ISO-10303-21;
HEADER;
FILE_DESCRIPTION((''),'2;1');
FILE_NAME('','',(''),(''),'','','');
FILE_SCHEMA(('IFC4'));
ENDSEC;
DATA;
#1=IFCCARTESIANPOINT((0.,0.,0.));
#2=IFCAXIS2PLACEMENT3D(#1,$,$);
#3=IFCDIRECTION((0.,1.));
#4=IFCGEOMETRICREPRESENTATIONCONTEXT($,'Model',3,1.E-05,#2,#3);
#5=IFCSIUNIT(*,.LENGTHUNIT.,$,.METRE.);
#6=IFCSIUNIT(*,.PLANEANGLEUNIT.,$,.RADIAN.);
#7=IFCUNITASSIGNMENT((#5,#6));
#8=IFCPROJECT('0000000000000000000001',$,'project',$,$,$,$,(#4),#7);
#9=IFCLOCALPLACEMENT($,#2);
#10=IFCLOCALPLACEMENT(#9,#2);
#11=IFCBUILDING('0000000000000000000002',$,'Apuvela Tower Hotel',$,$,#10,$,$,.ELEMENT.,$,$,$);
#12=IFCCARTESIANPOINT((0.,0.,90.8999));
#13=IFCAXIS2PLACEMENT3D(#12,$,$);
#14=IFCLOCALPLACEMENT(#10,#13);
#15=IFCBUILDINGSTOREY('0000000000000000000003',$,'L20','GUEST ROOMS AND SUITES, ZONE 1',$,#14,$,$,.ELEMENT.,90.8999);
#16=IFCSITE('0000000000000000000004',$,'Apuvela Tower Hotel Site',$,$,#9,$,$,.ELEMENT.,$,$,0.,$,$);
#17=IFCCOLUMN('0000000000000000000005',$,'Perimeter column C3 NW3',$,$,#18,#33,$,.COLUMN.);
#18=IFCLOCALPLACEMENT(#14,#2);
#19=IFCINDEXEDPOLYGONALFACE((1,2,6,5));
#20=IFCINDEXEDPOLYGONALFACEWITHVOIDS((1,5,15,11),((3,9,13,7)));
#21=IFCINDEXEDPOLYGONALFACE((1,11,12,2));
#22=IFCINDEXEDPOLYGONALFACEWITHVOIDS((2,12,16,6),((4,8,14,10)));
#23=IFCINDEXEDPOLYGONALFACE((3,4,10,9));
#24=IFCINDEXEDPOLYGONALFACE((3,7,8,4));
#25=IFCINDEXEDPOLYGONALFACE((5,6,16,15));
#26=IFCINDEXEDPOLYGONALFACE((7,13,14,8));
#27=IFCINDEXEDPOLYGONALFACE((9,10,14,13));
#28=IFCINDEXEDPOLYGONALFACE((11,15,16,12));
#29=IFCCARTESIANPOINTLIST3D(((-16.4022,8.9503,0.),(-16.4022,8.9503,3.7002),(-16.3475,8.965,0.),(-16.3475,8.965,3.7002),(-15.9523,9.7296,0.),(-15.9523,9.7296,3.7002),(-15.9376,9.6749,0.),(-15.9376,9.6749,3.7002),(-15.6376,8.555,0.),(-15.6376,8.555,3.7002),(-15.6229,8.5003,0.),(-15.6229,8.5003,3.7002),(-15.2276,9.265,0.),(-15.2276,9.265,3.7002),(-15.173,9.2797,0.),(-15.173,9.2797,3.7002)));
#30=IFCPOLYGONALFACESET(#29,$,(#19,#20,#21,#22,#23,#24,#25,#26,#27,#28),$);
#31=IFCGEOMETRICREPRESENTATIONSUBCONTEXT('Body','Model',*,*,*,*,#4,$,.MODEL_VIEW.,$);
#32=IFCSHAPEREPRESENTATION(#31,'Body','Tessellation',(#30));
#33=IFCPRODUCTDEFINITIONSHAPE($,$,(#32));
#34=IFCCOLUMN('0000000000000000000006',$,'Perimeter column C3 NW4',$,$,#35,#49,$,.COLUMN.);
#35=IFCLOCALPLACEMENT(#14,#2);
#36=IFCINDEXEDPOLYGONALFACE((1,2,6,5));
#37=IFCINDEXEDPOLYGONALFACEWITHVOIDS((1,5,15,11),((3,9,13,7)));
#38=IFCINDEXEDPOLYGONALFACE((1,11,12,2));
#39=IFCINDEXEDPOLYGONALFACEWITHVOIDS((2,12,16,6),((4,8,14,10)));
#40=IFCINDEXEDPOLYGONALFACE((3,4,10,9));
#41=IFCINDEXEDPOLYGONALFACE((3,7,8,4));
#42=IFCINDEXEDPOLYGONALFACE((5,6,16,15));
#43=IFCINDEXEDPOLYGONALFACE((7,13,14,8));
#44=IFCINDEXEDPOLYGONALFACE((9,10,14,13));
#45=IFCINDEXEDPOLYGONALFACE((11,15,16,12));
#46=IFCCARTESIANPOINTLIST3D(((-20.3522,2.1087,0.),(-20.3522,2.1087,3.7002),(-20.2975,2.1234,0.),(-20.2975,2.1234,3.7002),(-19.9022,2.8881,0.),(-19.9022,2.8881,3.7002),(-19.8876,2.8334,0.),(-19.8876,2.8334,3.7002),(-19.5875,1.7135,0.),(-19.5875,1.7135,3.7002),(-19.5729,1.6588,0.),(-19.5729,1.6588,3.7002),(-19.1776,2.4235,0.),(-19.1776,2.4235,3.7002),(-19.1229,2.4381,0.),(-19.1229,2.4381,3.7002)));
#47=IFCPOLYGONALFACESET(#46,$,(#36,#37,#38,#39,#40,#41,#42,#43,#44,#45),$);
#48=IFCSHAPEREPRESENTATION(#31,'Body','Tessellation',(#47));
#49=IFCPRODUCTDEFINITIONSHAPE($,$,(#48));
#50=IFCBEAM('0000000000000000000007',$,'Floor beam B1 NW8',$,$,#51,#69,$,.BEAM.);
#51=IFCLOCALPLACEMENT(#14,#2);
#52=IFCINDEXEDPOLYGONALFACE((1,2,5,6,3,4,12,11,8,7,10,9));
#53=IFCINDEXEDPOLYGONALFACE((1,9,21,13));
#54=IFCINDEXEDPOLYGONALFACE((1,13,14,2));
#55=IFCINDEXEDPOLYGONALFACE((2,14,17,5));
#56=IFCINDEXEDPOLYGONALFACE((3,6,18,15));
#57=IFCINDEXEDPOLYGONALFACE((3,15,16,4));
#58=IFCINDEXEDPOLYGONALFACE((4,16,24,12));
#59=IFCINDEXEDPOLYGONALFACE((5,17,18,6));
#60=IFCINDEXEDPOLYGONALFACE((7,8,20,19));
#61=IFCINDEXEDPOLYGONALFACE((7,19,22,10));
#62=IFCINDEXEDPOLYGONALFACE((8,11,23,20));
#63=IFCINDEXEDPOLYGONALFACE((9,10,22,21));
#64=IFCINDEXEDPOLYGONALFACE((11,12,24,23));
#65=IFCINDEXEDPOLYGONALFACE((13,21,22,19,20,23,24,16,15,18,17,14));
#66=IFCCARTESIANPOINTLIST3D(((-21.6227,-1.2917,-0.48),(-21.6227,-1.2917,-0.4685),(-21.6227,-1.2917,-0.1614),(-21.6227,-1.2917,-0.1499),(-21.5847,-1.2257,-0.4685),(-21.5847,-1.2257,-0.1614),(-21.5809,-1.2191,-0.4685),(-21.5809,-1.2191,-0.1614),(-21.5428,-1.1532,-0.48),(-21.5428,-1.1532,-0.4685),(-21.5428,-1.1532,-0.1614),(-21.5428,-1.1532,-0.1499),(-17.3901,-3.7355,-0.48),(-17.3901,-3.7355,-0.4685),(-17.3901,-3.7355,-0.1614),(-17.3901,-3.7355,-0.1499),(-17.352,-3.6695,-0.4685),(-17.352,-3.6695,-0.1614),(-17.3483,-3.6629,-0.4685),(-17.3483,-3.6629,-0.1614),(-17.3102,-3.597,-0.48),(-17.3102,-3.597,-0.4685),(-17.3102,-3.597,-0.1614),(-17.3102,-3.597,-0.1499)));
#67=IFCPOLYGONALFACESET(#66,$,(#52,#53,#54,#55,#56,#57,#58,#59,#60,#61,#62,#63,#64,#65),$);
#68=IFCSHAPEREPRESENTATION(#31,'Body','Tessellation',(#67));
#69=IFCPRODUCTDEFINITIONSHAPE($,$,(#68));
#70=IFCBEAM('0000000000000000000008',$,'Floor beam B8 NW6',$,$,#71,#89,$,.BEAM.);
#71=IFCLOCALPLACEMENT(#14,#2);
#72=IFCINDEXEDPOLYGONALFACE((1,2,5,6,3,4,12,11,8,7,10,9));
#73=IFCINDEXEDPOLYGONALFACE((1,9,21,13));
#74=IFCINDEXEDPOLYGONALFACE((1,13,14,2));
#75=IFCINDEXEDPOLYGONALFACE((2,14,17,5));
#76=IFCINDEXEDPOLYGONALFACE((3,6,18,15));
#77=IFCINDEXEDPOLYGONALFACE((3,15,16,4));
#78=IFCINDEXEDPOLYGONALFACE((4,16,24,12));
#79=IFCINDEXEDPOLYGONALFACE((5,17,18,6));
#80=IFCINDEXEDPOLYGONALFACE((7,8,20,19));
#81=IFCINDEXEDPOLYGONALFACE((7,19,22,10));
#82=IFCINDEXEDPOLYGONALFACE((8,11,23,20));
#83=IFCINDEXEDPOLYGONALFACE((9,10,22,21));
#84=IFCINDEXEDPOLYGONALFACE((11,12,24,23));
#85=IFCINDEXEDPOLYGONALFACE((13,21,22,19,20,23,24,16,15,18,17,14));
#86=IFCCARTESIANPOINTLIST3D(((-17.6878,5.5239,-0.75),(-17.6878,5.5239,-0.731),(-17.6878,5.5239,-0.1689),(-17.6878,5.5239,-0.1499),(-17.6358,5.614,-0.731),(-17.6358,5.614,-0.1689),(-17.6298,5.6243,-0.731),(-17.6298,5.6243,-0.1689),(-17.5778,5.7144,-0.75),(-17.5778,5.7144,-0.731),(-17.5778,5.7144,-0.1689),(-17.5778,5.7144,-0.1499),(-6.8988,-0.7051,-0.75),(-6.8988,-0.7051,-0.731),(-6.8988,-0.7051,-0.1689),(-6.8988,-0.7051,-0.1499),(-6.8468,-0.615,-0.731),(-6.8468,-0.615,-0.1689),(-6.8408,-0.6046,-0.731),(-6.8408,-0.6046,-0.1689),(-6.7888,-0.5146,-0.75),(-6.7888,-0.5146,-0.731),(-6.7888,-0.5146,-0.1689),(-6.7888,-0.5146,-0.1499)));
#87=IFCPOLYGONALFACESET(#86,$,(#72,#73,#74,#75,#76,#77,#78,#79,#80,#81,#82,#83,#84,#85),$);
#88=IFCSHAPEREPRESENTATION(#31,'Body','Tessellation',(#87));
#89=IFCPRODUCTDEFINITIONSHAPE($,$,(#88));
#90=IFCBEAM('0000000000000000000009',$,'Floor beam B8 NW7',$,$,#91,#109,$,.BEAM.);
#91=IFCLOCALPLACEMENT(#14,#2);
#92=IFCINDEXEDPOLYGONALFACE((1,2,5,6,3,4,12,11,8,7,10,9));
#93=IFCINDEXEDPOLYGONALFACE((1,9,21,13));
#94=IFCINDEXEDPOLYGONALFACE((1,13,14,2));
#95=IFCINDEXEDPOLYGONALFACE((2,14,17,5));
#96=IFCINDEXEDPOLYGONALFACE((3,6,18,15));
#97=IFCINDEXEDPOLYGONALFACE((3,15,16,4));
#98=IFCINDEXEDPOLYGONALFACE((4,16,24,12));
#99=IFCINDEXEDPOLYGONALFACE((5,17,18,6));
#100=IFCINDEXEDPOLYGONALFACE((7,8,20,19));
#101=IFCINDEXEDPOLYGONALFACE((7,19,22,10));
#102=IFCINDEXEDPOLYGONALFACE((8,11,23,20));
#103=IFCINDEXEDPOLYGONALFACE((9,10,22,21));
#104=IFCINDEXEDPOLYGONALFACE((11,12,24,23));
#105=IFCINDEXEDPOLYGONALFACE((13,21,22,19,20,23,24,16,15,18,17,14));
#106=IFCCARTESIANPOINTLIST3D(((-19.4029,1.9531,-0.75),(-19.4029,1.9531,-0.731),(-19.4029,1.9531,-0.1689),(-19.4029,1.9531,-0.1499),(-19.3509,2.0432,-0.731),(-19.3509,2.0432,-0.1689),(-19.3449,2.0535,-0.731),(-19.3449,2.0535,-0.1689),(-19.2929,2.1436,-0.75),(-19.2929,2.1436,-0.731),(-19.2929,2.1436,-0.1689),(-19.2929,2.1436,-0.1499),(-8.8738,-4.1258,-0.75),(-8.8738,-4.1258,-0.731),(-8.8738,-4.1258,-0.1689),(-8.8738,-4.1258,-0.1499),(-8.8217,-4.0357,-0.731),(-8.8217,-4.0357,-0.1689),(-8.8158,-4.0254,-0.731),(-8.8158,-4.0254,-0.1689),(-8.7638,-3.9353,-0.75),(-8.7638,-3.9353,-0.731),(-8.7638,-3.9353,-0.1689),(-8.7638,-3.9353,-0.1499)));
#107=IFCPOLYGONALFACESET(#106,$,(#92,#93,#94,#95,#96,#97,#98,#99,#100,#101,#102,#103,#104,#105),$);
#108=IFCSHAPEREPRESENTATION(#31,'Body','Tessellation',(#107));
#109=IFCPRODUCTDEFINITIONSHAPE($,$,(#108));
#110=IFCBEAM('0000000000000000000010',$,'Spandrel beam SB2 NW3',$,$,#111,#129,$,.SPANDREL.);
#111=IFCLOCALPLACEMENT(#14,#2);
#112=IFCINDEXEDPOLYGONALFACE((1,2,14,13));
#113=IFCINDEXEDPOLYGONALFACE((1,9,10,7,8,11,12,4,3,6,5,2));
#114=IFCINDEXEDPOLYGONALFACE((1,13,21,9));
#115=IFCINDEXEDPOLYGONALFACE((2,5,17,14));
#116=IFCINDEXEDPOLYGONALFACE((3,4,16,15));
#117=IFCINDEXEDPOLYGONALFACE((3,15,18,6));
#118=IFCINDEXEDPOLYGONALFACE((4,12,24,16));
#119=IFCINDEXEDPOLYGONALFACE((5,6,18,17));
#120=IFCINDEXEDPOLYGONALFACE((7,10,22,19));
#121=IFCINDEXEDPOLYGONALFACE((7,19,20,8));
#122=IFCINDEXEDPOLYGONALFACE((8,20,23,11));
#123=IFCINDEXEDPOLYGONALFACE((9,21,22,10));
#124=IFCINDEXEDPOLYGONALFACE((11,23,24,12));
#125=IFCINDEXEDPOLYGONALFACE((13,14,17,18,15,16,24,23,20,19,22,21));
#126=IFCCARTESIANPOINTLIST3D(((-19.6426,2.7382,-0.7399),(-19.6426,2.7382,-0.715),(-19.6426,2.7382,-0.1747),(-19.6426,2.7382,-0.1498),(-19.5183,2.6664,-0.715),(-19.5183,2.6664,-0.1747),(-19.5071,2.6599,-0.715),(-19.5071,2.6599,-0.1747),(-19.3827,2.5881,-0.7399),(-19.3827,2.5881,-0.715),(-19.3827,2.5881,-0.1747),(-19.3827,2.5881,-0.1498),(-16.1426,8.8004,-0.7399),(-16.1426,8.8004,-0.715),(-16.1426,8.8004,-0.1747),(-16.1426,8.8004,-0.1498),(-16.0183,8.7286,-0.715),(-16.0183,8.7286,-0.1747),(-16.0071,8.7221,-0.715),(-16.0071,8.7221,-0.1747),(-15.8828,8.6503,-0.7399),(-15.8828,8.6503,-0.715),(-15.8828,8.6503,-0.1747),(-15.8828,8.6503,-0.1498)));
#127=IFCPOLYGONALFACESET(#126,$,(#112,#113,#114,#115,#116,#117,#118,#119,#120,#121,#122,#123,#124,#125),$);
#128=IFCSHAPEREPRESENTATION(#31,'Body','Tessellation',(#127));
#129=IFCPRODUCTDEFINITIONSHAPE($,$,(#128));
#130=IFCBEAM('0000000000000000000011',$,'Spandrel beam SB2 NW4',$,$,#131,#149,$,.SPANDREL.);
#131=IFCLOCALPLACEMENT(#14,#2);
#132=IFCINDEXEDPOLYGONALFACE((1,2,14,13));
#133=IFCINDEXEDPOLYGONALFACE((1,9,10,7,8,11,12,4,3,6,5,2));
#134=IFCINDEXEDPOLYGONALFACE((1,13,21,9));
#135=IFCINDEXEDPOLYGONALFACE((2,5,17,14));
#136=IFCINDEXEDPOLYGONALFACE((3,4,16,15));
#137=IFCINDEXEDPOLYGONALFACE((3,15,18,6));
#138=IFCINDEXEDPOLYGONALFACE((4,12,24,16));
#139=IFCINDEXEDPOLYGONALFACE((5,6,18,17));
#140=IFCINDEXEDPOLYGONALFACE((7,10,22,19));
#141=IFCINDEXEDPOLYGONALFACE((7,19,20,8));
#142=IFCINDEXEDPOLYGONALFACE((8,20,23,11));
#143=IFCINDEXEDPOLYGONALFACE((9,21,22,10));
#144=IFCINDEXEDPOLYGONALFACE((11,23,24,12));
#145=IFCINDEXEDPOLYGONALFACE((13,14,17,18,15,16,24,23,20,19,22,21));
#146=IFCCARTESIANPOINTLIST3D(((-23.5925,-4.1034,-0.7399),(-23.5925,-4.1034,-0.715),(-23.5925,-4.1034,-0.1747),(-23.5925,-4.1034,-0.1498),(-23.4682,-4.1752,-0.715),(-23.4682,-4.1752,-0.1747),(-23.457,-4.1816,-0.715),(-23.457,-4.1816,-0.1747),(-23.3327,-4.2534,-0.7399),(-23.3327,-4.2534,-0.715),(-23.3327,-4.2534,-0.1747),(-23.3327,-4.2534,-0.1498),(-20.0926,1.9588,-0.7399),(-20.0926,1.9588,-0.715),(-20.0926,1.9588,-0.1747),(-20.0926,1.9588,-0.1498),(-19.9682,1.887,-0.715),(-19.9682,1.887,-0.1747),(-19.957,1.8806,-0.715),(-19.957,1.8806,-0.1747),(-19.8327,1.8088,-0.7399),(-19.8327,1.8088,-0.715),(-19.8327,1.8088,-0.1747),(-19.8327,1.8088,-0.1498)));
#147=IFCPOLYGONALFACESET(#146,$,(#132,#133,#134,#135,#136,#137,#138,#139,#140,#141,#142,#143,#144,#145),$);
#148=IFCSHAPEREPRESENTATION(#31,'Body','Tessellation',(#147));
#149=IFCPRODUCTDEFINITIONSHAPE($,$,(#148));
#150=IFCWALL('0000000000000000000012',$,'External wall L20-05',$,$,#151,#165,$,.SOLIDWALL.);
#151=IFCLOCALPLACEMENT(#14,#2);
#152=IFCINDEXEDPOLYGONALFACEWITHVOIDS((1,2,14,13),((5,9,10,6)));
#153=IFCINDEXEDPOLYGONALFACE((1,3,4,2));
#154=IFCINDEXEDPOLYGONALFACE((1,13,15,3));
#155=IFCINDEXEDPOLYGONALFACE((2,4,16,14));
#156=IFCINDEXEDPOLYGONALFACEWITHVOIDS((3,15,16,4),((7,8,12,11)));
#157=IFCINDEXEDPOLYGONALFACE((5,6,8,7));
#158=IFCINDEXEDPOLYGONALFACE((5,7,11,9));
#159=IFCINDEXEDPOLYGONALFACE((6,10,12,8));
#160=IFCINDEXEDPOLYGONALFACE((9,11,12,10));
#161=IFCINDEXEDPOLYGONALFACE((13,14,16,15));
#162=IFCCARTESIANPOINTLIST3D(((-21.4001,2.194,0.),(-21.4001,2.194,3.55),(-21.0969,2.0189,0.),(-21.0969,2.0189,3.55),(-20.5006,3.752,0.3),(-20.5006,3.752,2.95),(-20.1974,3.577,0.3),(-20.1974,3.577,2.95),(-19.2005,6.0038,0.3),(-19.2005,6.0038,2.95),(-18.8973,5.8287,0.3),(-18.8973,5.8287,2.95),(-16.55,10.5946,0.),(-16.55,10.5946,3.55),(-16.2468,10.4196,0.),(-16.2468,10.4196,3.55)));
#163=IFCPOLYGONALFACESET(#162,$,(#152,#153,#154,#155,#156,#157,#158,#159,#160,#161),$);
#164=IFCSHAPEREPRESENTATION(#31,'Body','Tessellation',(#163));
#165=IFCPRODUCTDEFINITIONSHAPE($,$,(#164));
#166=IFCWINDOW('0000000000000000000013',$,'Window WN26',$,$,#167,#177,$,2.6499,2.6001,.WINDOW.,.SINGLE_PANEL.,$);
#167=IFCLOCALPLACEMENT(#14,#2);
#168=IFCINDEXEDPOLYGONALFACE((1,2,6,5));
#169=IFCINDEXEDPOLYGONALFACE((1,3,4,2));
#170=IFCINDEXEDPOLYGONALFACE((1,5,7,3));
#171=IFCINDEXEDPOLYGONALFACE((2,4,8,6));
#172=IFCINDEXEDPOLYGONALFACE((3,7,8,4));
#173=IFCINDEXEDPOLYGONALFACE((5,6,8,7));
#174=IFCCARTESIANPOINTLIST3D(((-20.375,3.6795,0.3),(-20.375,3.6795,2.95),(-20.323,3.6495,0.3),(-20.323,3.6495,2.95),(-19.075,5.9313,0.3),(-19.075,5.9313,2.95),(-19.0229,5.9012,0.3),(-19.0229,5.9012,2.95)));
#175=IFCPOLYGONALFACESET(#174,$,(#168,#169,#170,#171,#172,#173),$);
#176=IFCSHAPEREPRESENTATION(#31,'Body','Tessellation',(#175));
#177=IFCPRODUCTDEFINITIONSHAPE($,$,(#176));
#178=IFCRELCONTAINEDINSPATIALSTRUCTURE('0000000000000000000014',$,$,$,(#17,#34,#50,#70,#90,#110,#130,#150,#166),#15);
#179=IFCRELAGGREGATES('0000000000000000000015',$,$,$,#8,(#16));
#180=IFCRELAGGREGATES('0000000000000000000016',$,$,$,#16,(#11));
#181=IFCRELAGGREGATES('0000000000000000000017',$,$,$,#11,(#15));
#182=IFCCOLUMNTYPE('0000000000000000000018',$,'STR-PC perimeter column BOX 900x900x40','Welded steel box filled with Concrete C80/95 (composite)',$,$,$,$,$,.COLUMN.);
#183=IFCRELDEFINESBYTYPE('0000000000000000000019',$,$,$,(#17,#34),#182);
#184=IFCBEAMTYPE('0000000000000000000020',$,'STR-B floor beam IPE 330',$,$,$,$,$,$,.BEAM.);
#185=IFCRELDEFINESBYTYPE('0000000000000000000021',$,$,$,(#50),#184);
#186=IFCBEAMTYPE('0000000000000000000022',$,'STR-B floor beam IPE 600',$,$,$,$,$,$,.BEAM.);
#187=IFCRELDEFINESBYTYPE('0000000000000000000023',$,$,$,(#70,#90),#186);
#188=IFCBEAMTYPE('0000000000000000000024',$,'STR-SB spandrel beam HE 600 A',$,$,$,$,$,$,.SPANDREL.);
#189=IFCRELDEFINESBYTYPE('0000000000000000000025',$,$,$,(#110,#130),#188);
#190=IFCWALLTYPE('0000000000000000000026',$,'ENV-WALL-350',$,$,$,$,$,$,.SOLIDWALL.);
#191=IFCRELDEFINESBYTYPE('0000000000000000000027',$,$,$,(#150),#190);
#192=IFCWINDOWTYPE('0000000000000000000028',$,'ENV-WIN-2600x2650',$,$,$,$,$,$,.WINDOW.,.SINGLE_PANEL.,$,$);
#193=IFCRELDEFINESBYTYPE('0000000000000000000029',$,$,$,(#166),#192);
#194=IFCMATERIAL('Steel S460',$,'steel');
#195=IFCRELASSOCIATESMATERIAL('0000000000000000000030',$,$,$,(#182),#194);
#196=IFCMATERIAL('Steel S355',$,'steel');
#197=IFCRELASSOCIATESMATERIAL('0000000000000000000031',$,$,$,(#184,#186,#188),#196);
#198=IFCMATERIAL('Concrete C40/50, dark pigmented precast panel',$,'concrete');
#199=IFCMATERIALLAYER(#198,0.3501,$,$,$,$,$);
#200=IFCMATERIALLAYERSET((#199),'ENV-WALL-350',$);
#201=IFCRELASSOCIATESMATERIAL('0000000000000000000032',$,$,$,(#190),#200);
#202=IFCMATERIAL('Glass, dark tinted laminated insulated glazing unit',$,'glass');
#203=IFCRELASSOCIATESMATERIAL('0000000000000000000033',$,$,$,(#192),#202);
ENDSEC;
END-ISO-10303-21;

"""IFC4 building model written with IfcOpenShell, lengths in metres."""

from ifc_helpers import new_model, si_unit, direction, frame, frame_2d, origin, origin_2d, place, context, subcontext, project, spatial, rectangle, hollow_rectangle, i_section, extrude, material, layer, layer_set, material_profile, profile_set, type_object, element, fill, save


model = new_model("IFC4")

# Units and contexts
model_context = context("Model", 3, precision=1e-05, world=origin(), true_north=direction((0.0, 1.0)))
body_context = subcontext(model_context, "Body", "Model", "MODEL_VIEW")
ifc_project = project(units=[si_unit("LENGTHUNIT", "METRE"), si_unit("PLANEANGLEUNIT", "RADIAN")], contexts=[model_context])

# Site, building, storey
site_placement = place(None, origin())
site = spatial("IfcSite", under=ifc_project, at=site_placement, Name="Apuvela Tower Hotel Site", CompositionType="ELEMENT", RefElevation=0.0)
building_placement = place(site_placement, origin())
building = spatial("IfcBuilding", under=site, at=building_placement, Name="Apuvela Tower Hotel", CompositionType="ELEMENT")
storey_placement = place(building_placement, frame((0.0, 0.0, 90.8999)))
storey = spatial("IfcBuildingStorey", under=building, at=storey_placement, Name="L20", Description="GUEST ROOMS AND SUITES, ZONE 1", CompositionType="ELEMENT", Elevation=90.8999)

# Columns
ifc_material_1 = material(Name="Steel S460", Category="steel")
ifc_material_profile_1 = material_profile(ifc_material_1, hollow_rectangle(XDim=0.8999, YDim=0.8999, WallThickness=0.04, at=origin_2d()), Name="BOX 900x900x40")
ifc_material_2 = material(Name="Concrete C80/95", Category="concrete")
ifc_material_profile_2 = material_profile(ifc_material_2, rectangle(XDim=0.8201, YDim=0.8201, at=origin_2d()), Name="Concrete C80/95 infill")
ifc_profile_set_1 = profile_set([ifc_material_profile_1, ifc_material_profile_2], Name="Steel S460")
column_type = type_object("IfcColumnType", Name="STR-PC perimeter column BOX 900x900x40", Description="Welded steel box filled with Concrete C80/95 (composite)", PredefinedType="COLUMN", material=ifc_profile_set_1)
for number, where, z_axis, x_axis, name in (
    (1, (-15.7876, 9.115, 0.0), (0.0, 0.0, 1.0), (0.5, 0.866025, 0.0), "Perimeter column C3 NW3"),
    (2, (-19.7375, 2.2734, 0.0), (0.0, 0.0, 1.0), (0.5, 0.866025, 0.0), "Perimeter column C3 NW4"),
):
    element("IfcColumn", number, at=place(storey_placement, frame(where, z_axis=z_axis, x_axis=x_axis)), inside=storey, type_object=column_type, Name=name, PredefinedType="COLUMN", context=body_context, shape_type="SweptSolid", body=[
        extrude(hollow_rectangle(XDim=0.8999, YDim=0.8999, WallThickness=0.04, at=origin_2d()), origin(), (0.0, 0.0, 1.0), 3.7002),
    ])

# Beams
ifc_material_3 = material(Name="Steel S355", Category="steel")
ifc_material_profile_3 = material_profile(ifc_material_3, i_section(OverallWidth=0.1599, OverallDepth=0.3301, WebThickness=0.0076, FlangeThickness=0.0115, at=origin_2d()), Name="IPE 330")
ifc_profile_set_2 = profile_set([ifc_material_profile_3], Name="Steel S355")
beam_type_1 = type_object("IfcBeamType", Name="STR-B floor beam IPE 330", PredefinedType="BEAM", material=ifc_profile_set_2)
beam_1_placement = place(storey_placement, frame((-21.5828, -1.2224, -0.3149), z_axis=(0.866015, -0.500018, 0.0), x_axis=(0.500018, 0.866015, 0.0)))
element("IfcBeam", 3, at=beam_1_placement, inside=storey, type_object=beam_type_1, Name="Floor beam B1 NW8", PredefinedType="BEAM", context=body_context, shape_type="SweptSolid", body=[
    extrude(i_section(OverallWidth=0.1599, OverallDepth=0.3301, WebThickness=0.0076, FlangeThickness=0.0115, at=origin_2d()), origin(), (0.0, 0.0, 1.0), 4.8875),
])
ifc_material_profile_4 = material_profile(ifc_material_3, i_section(OverallWidth=0.22, OverallDepth=0.6001, WebThickness=0.012, FlangeThickness=0.019, at=origin_2d()), Name="IPE 600")
ifc_profile_set_3 = profile_set([ifc_material_profile_4], Name="Steel S355")
beam_type_2 = type_object("IfcBeamType", Name="STR-B floor beam IPE 600", PredefinedType="BEAM", material=ifc_profile_set_3)
beam_2_placement = place(storey_placement, frame((-17.6328, 5.6191, -0.45), z_axis=(0.866028, -0.499996, 0.0), x_axis=(0.499996, 0.866028, 0.0)))
element("IfcBeam", 4, at=beam_2_placement, inside=storey, type_object=beam_type_2, Name="Floor beam B8 NW6", PredefinedType="BEAM", context=body_context, shape_type="SweptSolid", body=[
    extrude(i_section(OverallWidth=0.22, OverallDepth=0.6001, WebThickness=0.012, FlangeThickness=0.019, at=origin_2d()), origin(), (0.0, 0.0, 1.0), 12.458),
])
beam_3_placement = place(storey_placement, frame((-19.3479, 2.0483, -0.45), z_axis=(0.866029, -0.499994, 0.0), x_axis=(0.499994, 0.866029, 0.0)))
element("IfcBeam", 5, at=beam_3_placement, inside=storey, type_object=beam_type_2, Name="Floor beam B8 NW7", PredefinedType="BEAM", context=body_context, shape_type="SweptSolid", body=[
    extrude(i_section(OverallWidth=0.22, OverallDepth=0.6001, WebThickness=0.012, FlangeThickness=0.019, at=origin_2d()), origin(), (0.0, 0.0, 1.0), 12.158),
])
ifc_material_profile_5 = material_profile(ifc_material_3, i_section(OverallWidth=0.3, OverallDepth=0.5901, WebThickness=0.0129, FlangeThickness=0.0249, at=origin_2d()), Name="HE 600 A")
ifc_profile_set_4 = profile_set([ifc_material_profile_5], Name="Steel S355")
beam_type_3 = type_object("IfcBeamType", Name="STR-SB spandrel beam HE 600 A", PredefinedType="SPANDREL", material=ifc_profile_set_4)
for number, where, z_axis, x_axis, name in (
    (6, (-16.0127, 8.7253, -0.4448), (-0.499995, -0.866028, 0.0), (0.866028, -0.499995, 0.0), "Spandrel beam SB2 NW3"),
    (7, (-19.9626, 1.8838, -0.4448), (-0.499995, -0.866028, 0.0), (0.866028, -0.499995, 0.0), "Spandrel beam SB2 NW4"),
):
    element("IfcBeam", number, at=place(storey_placement, frame(where, z_axis=z_axis, x_axis=x_axis)), inside=storey, type_object=beam_type_3, Name=name, PredefinedType="SPANDREL", context=body_context, shape_type="SweptSolid", body=[
        extrude(i_section(OverallWidth=0.3, OverallDepth=0.5901, WebThickness=0.0129, FlangeThickness=0.0249, at=origin_2d()), origin(), (0.0, 0.0, 1.0), 7.0),
    ])

# Wall, opening, window
ifc_material_4 = material(Name="Concrete C40/50, dark pigmented precast panel", Category="concrete")
ifc_layer_1 = layer(ifc_material_4, 0.3501)
ifc_layer_set_1 = layer_set([ifc_layer_1], Name="ENV-WALL-350")
wall_type_1 = type_object("IfcWallType", Name="ENV-WALL-350", PredefinedType="SOLIDWALL", material=ifc_layer_set_1)
wall_1_placement = place(storey_placement, frame((-16.3984, 10.5071, 0.0), z_axis=(0.0, 0.0, 1.0), x_axis=(-0.499999, -0.866026, 0.0)))
wall_1 = element("IfcWall", 8, at=wall_1_placement, inside=storey, type_object=wall_type_1, Name="External wall L20-05", PredefinedType="SOLIDWALL", context=body_context, shape_type="SweptSolid", body=[
    extrude(rectangle(XDim=9.7002, YDim=0.3501, at=frame_2d((4.8501, 0.0))), origin(), (0.0, 0.0, 1.0), 3.55),
])
opening_1_placement = place(wall_1_placement, frame((5.301, 0.0, 0.3)))
opening_1 = element("IfcOpeningElement", 9, at=opening_1_placement, cuts=wall_1, PredefinedType="OPENING", context=body_context, shape_type="SweptSolid", body=[
    extrude(rectangle(XDim=2.6001, YDim=2.6499, at=frame_2d((1.3, 1.325))), frame((0.0, 0.1851, 0.0), z_axis=(0.0, -1.0, 0.0), x_axis=(1.0, 0.0, 0.0)), (0.0, 0.0, 1.0), 0.3701),
])
ifc_material_5 = material(Name="Glass, dark tinted laminated insulated glazing unit", Category="glass")
window_type_1 = type_object("IfcWindowType", Name="ENV-WIN-2600x2650", PartitioningType="SINGLE_PANEL", PredefinedType="WINDOW", material=ifc_material_5)
window_1_placement = place(opening_1_placement, origin())
window_1 = element("IfcWindow", 10, at=window_1_placement, inside=storey, type_object=window_type_1, Name="Window WN26", OverallHeight=2.6499, OverallWidth=2.6001, PartitioningType="SINGLE_PANEL", PredefinedType="WINDOW", context=body_context, shape_type="SweptSolid", body=[
    extrude(rectangle(XDim=2.6001, YDim=2.6499, at=frame_2d((1.3, 1.325))), frame((0.0, 0.03, 0.0), z_axis=(0.0, -1.0, 0.0), x_axis=(1.0, 0.0, 0.0)), (0.0, 0.0, 1.0), 0.0601),
])
fill(opening_1, window_1)

save(model, "model.ifc")
